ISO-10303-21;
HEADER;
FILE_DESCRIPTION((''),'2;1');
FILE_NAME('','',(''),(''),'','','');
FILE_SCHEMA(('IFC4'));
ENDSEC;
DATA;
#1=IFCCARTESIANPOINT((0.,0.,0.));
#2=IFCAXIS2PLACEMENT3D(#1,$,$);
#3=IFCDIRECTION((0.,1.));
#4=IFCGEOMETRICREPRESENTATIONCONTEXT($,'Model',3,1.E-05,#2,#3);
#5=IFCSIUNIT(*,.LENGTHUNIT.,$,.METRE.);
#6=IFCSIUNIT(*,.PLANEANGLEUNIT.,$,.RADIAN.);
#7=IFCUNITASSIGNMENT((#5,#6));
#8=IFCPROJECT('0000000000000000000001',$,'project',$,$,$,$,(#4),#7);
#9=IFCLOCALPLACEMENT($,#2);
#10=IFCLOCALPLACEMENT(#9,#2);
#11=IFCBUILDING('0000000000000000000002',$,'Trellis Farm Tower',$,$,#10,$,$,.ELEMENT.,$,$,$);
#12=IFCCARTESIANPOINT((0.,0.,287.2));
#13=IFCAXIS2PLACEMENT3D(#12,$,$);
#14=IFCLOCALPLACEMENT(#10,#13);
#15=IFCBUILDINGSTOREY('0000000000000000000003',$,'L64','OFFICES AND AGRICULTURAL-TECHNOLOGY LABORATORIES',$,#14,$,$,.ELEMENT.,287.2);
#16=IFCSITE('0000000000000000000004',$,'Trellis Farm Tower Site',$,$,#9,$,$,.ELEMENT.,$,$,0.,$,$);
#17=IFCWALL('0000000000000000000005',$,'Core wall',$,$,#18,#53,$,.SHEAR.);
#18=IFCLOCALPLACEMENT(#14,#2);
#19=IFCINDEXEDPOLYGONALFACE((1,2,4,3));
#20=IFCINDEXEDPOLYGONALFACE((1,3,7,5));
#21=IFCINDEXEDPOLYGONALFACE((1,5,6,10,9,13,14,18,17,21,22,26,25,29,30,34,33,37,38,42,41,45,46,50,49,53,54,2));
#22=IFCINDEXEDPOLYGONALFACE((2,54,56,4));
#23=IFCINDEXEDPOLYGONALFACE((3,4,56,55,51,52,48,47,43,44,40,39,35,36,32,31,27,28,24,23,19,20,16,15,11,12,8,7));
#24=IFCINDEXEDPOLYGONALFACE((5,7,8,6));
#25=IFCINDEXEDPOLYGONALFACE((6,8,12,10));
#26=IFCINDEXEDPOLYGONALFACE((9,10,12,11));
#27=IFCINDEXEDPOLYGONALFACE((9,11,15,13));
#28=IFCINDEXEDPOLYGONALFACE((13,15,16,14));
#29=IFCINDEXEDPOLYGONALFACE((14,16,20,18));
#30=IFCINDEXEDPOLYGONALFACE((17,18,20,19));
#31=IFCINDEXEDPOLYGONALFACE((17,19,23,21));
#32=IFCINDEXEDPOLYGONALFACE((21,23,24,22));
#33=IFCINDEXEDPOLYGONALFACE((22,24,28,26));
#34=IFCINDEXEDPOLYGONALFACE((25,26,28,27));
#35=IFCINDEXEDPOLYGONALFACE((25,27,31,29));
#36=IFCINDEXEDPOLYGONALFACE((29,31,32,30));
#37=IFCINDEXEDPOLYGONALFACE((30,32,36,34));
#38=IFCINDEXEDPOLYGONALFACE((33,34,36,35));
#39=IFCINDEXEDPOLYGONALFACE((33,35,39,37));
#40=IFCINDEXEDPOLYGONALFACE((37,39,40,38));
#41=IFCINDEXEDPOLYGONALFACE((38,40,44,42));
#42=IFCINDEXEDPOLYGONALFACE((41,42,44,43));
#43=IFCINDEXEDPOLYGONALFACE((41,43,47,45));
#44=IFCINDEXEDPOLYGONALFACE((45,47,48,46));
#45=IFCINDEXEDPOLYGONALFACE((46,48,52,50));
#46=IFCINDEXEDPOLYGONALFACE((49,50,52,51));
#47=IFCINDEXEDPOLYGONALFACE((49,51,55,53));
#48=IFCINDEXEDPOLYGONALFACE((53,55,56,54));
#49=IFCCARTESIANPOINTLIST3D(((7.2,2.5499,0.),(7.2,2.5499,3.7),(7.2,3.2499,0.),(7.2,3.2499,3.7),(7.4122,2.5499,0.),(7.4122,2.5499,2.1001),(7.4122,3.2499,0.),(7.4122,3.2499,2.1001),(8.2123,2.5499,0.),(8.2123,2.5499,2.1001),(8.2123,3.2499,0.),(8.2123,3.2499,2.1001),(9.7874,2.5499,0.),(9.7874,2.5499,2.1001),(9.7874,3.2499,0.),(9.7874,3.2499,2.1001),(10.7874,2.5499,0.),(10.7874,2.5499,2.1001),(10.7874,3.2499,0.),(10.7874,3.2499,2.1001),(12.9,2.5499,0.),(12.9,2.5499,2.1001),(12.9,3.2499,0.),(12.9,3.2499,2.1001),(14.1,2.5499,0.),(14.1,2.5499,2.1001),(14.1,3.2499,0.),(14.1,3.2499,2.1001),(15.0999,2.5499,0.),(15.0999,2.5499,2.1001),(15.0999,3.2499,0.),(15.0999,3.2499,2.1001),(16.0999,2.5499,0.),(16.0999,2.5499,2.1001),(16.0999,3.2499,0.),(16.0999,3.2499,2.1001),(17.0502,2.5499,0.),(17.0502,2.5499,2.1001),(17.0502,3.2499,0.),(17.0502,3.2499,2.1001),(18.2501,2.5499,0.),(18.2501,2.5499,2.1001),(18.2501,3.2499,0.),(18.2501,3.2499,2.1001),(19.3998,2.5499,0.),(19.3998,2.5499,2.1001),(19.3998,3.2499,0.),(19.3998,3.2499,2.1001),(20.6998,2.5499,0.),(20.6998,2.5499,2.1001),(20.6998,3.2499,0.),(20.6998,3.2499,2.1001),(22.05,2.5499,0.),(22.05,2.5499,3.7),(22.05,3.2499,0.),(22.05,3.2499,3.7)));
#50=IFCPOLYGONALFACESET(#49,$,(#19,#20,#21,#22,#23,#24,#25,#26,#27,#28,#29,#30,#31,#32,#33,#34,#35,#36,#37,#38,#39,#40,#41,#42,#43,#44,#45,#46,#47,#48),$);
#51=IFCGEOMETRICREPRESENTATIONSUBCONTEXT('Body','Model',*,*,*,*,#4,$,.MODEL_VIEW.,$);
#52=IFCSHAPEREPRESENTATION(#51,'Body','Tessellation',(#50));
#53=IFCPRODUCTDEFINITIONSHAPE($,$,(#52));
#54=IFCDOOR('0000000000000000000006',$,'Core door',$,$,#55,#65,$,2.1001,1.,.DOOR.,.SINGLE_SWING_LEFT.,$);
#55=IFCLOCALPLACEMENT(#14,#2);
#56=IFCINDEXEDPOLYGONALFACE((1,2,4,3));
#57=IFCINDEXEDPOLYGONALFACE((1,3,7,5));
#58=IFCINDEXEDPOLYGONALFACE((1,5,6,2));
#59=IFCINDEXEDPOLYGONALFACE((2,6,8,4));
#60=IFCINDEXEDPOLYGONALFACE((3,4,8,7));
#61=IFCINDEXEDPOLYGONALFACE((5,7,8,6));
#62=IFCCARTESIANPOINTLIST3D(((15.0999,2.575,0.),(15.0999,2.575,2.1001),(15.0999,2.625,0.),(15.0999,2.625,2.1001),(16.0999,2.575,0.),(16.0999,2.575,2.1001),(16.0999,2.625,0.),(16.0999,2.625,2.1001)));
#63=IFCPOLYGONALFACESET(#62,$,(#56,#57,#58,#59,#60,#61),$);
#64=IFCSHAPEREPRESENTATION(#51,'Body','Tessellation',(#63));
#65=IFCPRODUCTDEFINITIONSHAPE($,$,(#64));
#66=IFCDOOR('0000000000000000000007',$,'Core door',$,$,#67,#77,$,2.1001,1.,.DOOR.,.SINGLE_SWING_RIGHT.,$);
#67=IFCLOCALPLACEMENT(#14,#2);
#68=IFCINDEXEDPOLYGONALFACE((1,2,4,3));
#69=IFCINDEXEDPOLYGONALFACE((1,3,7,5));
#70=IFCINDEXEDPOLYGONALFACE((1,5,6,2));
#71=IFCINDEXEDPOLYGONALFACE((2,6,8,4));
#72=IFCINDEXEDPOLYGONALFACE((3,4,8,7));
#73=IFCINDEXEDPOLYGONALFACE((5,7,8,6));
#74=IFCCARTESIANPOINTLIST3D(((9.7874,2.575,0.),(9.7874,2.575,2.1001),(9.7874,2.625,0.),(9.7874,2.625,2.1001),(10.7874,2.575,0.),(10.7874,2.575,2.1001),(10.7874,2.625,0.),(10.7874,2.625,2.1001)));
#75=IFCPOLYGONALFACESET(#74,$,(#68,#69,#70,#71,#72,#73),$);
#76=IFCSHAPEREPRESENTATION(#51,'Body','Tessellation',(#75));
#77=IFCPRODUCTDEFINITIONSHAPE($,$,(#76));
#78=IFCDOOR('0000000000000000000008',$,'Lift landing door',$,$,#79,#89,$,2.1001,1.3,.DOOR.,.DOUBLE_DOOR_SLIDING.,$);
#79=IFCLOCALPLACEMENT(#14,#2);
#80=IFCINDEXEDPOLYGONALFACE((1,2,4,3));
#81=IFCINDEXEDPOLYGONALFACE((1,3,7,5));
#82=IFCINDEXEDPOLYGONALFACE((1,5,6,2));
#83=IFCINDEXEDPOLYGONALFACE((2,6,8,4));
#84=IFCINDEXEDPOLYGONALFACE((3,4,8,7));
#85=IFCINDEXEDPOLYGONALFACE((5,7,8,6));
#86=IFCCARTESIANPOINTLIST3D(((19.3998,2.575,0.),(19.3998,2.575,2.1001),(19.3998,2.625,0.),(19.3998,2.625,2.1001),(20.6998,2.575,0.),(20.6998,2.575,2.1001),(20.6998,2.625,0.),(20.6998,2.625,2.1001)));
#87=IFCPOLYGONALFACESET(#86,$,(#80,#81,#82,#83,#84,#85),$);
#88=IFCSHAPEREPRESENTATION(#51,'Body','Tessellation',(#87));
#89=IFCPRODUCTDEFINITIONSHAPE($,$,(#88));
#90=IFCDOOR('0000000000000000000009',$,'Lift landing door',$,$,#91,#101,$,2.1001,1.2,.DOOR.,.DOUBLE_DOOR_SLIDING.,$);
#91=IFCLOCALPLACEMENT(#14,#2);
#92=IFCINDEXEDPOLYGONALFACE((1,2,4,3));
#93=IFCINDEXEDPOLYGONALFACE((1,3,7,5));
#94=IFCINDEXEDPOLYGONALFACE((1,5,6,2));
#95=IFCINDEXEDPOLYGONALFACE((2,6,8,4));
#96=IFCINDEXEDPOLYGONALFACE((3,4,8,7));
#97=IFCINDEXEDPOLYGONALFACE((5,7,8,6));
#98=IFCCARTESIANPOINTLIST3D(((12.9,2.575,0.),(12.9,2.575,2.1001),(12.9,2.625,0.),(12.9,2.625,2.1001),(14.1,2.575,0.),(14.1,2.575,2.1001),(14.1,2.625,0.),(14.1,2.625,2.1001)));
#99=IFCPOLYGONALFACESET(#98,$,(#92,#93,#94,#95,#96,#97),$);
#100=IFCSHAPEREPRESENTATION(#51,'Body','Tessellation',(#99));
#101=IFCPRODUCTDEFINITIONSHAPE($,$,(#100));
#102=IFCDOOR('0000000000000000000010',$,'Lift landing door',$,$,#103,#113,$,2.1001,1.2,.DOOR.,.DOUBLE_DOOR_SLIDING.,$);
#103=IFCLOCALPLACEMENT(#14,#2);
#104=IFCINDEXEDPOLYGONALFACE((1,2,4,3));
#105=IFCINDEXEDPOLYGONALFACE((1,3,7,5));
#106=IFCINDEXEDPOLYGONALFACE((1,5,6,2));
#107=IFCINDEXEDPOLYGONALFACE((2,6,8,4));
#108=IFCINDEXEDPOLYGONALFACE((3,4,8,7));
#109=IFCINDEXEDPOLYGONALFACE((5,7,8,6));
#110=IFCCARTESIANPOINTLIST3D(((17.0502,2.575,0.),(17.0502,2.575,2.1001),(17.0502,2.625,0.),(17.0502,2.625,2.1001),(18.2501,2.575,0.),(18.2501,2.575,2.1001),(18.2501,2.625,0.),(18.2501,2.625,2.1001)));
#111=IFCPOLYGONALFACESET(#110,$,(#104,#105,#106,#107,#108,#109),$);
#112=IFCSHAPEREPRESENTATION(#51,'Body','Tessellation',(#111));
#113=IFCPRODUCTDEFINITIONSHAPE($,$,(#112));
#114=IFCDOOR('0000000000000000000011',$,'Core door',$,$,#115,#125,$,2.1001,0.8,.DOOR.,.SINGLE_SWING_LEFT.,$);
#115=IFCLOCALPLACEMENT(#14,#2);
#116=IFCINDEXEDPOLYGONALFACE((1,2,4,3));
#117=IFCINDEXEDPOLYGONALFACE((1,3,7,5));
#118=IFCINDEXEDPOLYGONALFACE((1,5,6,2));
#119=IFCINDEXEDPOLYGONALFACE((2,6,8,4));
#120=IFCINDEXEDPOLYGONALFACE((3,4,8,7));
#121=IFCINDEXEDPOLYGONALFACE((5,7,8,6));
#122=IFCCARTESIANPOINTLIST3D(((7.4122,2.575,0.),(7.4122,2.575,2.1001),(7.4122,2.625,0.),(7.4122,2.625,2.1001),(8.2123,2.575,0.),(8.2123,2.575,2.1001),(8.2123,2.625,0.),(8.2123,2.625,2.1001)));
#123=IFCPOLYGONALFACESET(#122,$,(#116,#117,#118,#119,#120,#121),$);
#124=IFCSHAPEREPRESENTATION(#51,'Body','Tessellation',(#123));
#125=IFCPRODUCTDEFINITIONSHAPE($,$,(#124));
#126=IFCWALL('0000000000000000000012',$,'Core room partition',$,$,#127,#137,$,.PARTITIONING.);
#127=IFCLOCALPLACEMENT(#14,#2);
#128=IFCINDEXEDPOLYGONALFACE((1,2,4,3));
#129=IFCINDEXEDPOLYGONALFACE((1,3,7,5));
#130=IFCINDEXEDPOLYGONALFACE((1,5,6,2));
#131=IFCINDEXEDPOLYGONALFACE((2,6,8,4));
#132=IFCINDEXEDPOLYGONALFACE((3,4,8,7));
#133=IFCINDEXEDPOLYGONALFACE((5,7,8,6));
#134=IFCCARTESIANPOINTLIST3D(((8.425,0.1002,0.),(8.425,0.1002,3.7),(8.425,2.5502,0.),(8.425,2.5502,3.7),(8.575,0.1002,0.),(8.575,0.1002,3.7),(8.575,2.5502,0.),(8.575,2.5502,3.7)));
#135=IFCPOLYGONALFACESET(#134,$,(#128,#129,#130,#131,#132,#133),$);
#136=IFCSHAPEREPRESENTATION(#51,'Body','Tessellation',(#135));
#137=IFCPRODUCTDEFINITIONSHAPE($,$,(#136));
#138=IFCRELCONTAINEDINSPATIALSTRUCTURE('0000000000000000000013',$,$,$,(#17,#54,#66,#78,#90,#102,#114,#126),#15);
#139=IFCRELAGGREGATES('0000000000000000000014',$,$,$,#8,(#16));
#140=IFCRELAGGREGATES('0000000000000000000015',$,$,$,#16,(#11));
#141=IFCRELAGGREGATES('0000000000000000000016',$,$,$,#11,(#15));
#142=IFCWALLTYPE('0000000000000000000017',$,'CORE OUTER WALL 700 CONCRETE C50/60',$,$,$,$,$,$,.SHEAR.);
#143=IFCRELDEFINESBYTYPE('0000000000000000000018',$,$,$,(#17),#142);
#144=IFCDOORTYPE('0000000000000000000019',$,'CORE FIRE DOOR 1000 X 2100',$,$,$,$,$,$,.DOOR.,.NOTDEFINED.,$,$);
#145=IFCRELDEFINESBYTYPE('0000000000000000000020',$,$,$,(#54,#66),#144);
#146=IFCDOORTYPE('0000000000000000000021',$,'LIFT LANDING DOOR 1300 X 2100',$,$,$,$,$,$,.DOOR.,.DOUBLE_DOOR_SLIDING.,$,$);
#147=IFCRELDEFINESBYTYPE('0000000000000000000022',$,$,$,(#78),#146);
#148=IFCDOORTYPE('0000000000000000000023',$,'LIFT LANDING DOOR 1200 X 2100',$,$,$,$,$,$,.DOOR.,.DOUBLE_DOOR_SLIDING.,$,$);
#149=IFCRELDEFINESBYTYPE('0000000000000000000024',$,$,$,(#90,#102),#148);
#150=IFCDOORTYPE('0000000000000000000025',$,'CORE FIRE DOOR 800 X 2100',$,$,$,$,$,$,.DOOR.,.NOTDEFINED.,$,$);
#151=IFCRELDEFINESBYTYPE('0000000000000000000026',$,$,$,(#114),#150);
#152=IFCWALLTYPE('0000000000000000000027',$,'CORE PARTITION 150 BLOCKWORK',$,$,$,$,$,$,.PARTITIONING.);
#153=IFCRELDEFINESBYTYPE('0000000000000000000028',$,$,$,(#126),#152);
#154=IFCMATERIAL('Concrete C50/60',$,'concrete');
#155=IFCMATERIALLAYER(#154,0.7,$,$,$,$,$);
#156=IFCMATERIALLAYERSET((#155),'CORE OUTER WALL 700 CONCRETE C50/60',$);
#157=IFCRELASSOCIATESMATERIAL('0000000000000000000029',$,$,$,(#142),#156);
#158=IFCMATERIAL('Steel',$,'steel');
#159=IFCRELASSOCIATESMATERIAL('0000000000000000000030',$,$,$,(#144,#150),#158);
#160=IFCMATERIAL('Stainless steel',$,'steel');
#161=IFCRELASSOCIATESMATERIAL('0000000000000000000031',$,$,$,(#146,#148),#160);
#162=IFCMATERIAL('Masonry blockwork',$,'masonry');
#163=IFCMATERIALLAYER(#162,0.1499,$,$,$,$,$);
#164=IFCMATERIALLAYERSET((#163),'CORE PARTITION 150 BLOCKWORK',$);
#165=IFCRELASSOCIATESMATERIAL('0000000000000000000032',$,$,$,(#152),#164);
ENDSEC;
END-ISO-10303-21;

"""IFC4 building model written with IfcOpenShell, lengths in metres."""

from ifc_helpers import new_model, si_unit, direction, frame, frame_2d, origin, place, context, subcontext, project, spatial, rectangle, extrude, source, transform, mapped, material, layer, layer_set, type_object, element, fill, save


model = new_model("IFC4")

# Units and contexts
model_context = context("Model", 3, precision=1e-05, world=origin(), true_north=direction((0.0, 1.0)))
body_context = subcontext(model_context, "Body", "Model", "MODEL_VIEW")
ifc_project = project(units=[si_unit("LENGTHUNIT", "METRE"), si_unit("PLANEANGLEUNIT", "RADIAN")], contexts=[model_context])

# Site, building, storey
site_placement = place(None, origin())
site = spatial("IfcSite", under=ifc_project, at=site_placement, Name="Trellis Farm Tower Site", CompositionType="ELEMENT", RefElevation=0.0)
building_placement = place(site_placement, origin())
building = spatial("IfcBuilding", under=site, at=building_placement, Name="Trellis Farm Tower", CompositionType="ELEMENT")
storey_placement = place(building_placement, frame((0.0, 0.0, 287.2)))
storey = spatial("IfcBuildingStorey", under=building, at=storey_placement, Name="L64", Description="OFFICES AND AGRICULTURAL-TECHNOLOGY LABORATORIES", CompositionType="ELEMENT", Elevation=287.2)

# Shared definitions
ifc_material_1 = material(Name="Concrete C50/60", Category="concrete")

# Shared definitions
ifc_material_2 = material(Name="Masonry blockwork", Category="masonry")
ifc_material_3 = material(Name="Steel", Category="steel")

# Wall, openings, doors
ifc_layer_1 = layer(ifc_material_1, 0.7)
ifc_layer_set_1 = layer_set([ifc_layer_1], Name="CORE OUTER WALL 700 CONCRETE C50/60")
wall_type_1 = type_object("IfcWallType", Name="CORE OUTER WALL 700 CONCRETE C50/60", PredefinedType="SHEAR", material=ifc_layer_set_1)
shared_shape_1 = source(origin(), body_context, "Body", "SweptSolid", [
    extrude(rectangle(XDim=14.8501, YDim=0.7, at=frame_2d((7.425, 0.0))), origin(), (0.0, 0.0, 1.0), 3.7),
])
wall_1_placement = place(storey_placement, frame((7.2, 2.8999, 0.0), z_axis=(0.0, 0.0, 1.0), x_axis=(1.0, 0.0, 0.0)))
wall_1 = element("IfcWall", 1, at=wall_1_placement, inside=storey, type_object=wall_type_1, Name="Core wall", PredefinedType="SHEAR", context=body_context, shape_type="MappedRepresentation", body=[
    mapped(shared_shape_1, transform((0.0, 0.0, 0.0))),
])
shared_shape_2 = source(origin(), body_context, "Body", "SweptSolid", [
    extrude(rectangle(XDim=1.2, YDim=2.1001, at=frame_2d((0.6001, 1.05))), frame((0.0, 0.3601, 0.0), z_axis=(0.0, -1.0, 0.0), x_axis=(1.0, 0.0, 0.0)), (0.0, 0.0, 1.0), 0.7202),
])
opening_1_placement = place(wall_1_placement, frame((5.7, 0.0, 0.0)))
opening_1 = element("IfcOpeningElement", 2, at=opening_1_placement, cuts=wall_1, PredefinedType="OPENING", context=body_context, shape_type="MappedRepresentation", body=[
    mapped(shared_shape_2, transform((0.0, 0.0, 0.0))),
])
shared_shape_3 = source(origin(), body_context, "Body", "SweptSolid", [
    extrude(rectangle(XDim=1.3, YDim=2.1001, at=frame_2d((0.6499, 1.05))), frame((0.0, 0.3601, 0.0), z_axis=(0.0, -1.0, 0.0), x_axis=(1.0, 0.0, 0.0)), (0.0, 0.0, 1.0), 0.7202),
])
opening_2_placement = place(wall_1_placement, frame((12.2, 0.0, 0.0)))
opening_2 = element("IfcOpeningElement", 3, at=opening_2_placement, cuts=wall_1, PredefinedType="OPENING", context=body_context, shape_type="MappedRepresentation", body=[
    mapped(shared_shape_3, transform((0.0, 0.0, 0.0))),
])
opening_3_placement = place(wall_1_placement, frame((9.8501, 0.0, 0.0)))
opening_3 = element("IfcOpeningElement", 4, at=opening_3_placement, cuts=wall_1, PredefinedType="OPENING", context=body_context, shape_type="MappedRepresentation", body=[
    mapped(shared_shape_2, transform((0.0, 0.0, 0.0))),
])
shared_shape_4 = source(origin(), body_context, "Body", "SweptSolid", [
    extrude(rectangle(XDim=1.0, YDim=2.1001, at=frame_2d((0.5, 1.05))), frame((0.0, 0.3601, 0.0), z_axis=(0.0, -1.0, 0.0), x_axis=(1.0, 0.0, 0.0)), (0.0, 0.0, 1.0), 0.7202),
])
opening_4_placement = place(wall_1_placement, frame((7.8999, 0.0, 0.0)))
opening_4 = element("IfcOpeningElement", 5, at=opening_4_placement, cuts=wall_1, PredefinedType="OPENING", context=body_context, shape_type="MappedRepresentation", body=[
    mapped(shared_shape_4, transform((0.0, 0.0, 0.0))),
])
shared_shape_5 = source(origin(), body_context, "Body", "SweptSolid", [
    extrude(rectangle(XDim=0.8, YDim=2.1001, at=frame_2d((0.3999, 1.05))), frame((0.0, 0.3601, 0.0), z_axis=(0.0, -1.0, 0.0), x_axis=(1.0, 0.0, 0.0)), (0.0, 0.0, 1.0), 0.7202),
])
opening_5_placement = place(wall_1_placement, frame((0.2124, 0.0, 0.0)))
opening_5 = element("IfcOpeningElement", 6, at=opening_5_placement, cuts=wall_1, PredefinedType="OPENING", context=body_context, shape_type="MappedRepresentation", body=[
    mapped(shared_shape_5, transform((0.0, 0.0, 0.0))),
])
opening_6_placement = place(wall_1_placement, frame((2.5874, 0.0, 0.0)))
opening_6 = element("IfcOpeningElement", 7, at=opening_6_placement, cuts=wall_1, PredefinedType="OPENING", context=body_context, shape_type="MappedRepresentation", body=[
    mapped(shared_shape_4, transform((0.0, 0.0, 0.0))),
])
door_type_1 = type_object("IfcDoorType", Name="CORE FIRE DOOR 1000 X 2100", OperationType="NOTDEFINED", PredefinedType="DOOR", material=ifc_material_3)
shared_shape_6 = source(origin(), body_context, "Body", "SweptSolid", [
    extrude(rectangle(XDim=1.0, YDim=2.1001, at=frame_2d((0.5, 1.05))), frame((0.0, -0.2749, 0.0), z_axis=(0.0, -1.0, 0.0), x_axis=(1.0, 0.0, 0.0)), (0.0, 0.0, 1.0), 0.05),
])
door_1_placement = place(opening_4_placement, origin())
door_1 = element("IfcDoor", 8, at=door_1_placement, inside=storey, type_object=door_type_1, Name="Core door", OperationType="SINGLE_SWING_LEFT", OverallHeight=2.1001, OverallWidth=1.0, PredefinedType="DOOR", context=body_context, shape_type="MappedRepresentation", body=[
    mapped(shared_shape_6, transform((0.0, 0.0, 0.0))),
])
fill(opening_4, door_1)
door_2_placement = place(opening_6_placement, origin())
door_2 = element("IfcDoor", 9, at=door_2_placement, inside=storey, type_object=door_type_1, Name="Core door", OperationType="SINGLE_SWING_RIGHT", OverallHeight=2.1001, OverallWidth=1.0, PredefinedType="DOOR", context=body_context, shape_type="MappedRepresentation", body=[
    mapped(shared_shape_6, transform((0.0, 0.0, 0.0))),
])
fill(opening_6, door_2)
ifc_material_4 = material(Name="Stainless steel", Category="steel")
door_type_2 = type_object("IfcDoorType", Name="LIFT LANDING DOOR 1300 X 2100", OperationType="DOUBLE_DOOR_SLIDING", PredefinedType="DOOR", material=ifc_material_4)
shared_shape_7 = source(origin(), body_context, "Body", "SweptSolid", [
    extrude(rectangle(XDim=1.3, YDim=2.1001, at=frame_2d((0.6499, 1.05))), frame((0.0, -0.2749, 0.0), z_axis=(0.0, -1.0, 0.0), x_axis=(1.0, 0.0, 0.0)), (0.0, 0.0, 1.0), 0.05),
])
door_3_placement = place(opening_2_placement, origin())
door_3 = element("IfcDoor", 10, at=door_3_placement, inside=storey, type_object=door_type_2, Name="Lift landing door", OperationType="DOUBLE_DOOR_SLIDING", OverallHeight=2.1001, OverallWidth=1.3, PredefinedType="DOOR", context=body_context, shape_type="MappedRepresentation", body=[
    mapped(shared_shape_7, transform((0.0, 0.0, 0.0))),
])
fill(opening_2, door_3)
door_type_3 = type_object("IfcDoorType", Name="LIFT LANDING DOOR 1200 X 2100", OperationType="DOUBLE_DOOR_SLIDING", PredefinedType="DOOR", material=ifc_material_4)
shared_shape_8 = source(origin(), body_context, "Body", "SweptSolid", [
    extrude(rectangle(XDim=1.2, YDim=2.1001, at=frame_2d((0.6001, 1.05))), frame((0.0, -0.2749, 0.0), z_axis=(0.0, -1.0, 0.0), x_axis=(1.0, 0.0, 0.0)), (0.0, 0.0, 1.0), 0.05),
])
door_4_placement = place(opening_1_placement, origin())
door_4 = element("IfcDoor", 11, at=door_4_placement, inside=storey, type_object=door_type_3, Name="Lift landing door", OperationType="DOUBLE_DOOR_SLIDING", OverallHeight=2.1001, OverallWidth=1.2, PredefinedType="DOOR", context=body_context, shape_type="MappedRepresentation", body=[
    mapped(shared_shape_8, transform((0.0, 0.0, 0.0))),
])
fill(opening_1, door_4)
door_5_placement = place(opening_3_placement, origin())
door_5 = element("IfcDoor", 12, at=door_5_placement, inside=storey, type_object=door_type_3, Name="Lift landing door", OperationType="DOUBLE_DOOR_SLIDING", OverallHeight=2.1001, OverallWidth=1.2, PredefinedType="DOOR", context=body_context, shape_type="MappedRepresentation", body=[
    mapped(shared_shape_8, transform((0.0, 0.0, 0.0))),
])
fill(opening_3, door_5)
door_type_4 = type_object("IfcDoorType", Name="CORE FIRE DOOR 800 X 2100", OperationType="NOTDEFINED", PredefinedType="DOOR", material=ifc_material_3)
shared_shape_9 = source(origin(), body_context, "Body", "SweptSolid", [
    extrude(rectangle(XDim=0.8, YDim=2.1001, at=frame_2d((0.3999, 1.05))), frame((0.0, -0.2749, 0.0), z_axis=(0.0, -1.0, 0.0), x_axis=(1.0, 0.0, 0.0)), (0.0, 0.0, 1.0), 0.05),
])
door_6_placement = place(opening_5_placement, origin())
door_6 = element("IfcDoor", 13, at=door_6_placement, inside=storey, type_object=door_type_4, Name="Core door", OperationType="SINGLE_SWING_LEFT", OverallHeight=2.1001, OverallWidth=0.8, PredefinedType="DOOR", context=body_context, shape_type="MappedRepresentation", body=[
    mapped(shared_shape_9, transform((0.0, 0.0, 0.0))),
])
fill(opening_5, door_6)

# Wall
ifc_layer_2 = layer(ifc_material_2, 0.1499)
ifc_layer_set_2 = layer_set([ifc_layer_2], Name="CORE PARTITION 150 BLOCKWORK")
wall_type_2 = type_object("IfcWallType", Name="CORE PARTITION 150 BLOCKWORK", PredefinedType="PARTITIONING", material=ifc_layer_set_2)
shared_shape_10 = source(origin(), body_context, "Body", "SweptSolid", [
    extrude(rectangle(XDim=2.45, YDim=0.1499, at=frame_2d((1.2251, 0.0))), origin(), (0.0, 0.0, 1.0), 3.7),
])
wall_2_placement = place(storey_placement, frame((8.5, 0.1001, 0.0), z_axis=(0.0, 0.0, 1.0), x_axis=(0.0, 1.0, 0.0)))
element("IfcWall", 14, at=wall_2_placement, inside=storey, type_object=wall_type_2, Name="Core room partition", PredefinedType="PARTITIONING", context=body_context, shape_type="MappedRepresentation", body=[
    mapped(shared_shape_10, transform((0.0, 0.0, 0.0))),
])

save(model, "model.ifc")
